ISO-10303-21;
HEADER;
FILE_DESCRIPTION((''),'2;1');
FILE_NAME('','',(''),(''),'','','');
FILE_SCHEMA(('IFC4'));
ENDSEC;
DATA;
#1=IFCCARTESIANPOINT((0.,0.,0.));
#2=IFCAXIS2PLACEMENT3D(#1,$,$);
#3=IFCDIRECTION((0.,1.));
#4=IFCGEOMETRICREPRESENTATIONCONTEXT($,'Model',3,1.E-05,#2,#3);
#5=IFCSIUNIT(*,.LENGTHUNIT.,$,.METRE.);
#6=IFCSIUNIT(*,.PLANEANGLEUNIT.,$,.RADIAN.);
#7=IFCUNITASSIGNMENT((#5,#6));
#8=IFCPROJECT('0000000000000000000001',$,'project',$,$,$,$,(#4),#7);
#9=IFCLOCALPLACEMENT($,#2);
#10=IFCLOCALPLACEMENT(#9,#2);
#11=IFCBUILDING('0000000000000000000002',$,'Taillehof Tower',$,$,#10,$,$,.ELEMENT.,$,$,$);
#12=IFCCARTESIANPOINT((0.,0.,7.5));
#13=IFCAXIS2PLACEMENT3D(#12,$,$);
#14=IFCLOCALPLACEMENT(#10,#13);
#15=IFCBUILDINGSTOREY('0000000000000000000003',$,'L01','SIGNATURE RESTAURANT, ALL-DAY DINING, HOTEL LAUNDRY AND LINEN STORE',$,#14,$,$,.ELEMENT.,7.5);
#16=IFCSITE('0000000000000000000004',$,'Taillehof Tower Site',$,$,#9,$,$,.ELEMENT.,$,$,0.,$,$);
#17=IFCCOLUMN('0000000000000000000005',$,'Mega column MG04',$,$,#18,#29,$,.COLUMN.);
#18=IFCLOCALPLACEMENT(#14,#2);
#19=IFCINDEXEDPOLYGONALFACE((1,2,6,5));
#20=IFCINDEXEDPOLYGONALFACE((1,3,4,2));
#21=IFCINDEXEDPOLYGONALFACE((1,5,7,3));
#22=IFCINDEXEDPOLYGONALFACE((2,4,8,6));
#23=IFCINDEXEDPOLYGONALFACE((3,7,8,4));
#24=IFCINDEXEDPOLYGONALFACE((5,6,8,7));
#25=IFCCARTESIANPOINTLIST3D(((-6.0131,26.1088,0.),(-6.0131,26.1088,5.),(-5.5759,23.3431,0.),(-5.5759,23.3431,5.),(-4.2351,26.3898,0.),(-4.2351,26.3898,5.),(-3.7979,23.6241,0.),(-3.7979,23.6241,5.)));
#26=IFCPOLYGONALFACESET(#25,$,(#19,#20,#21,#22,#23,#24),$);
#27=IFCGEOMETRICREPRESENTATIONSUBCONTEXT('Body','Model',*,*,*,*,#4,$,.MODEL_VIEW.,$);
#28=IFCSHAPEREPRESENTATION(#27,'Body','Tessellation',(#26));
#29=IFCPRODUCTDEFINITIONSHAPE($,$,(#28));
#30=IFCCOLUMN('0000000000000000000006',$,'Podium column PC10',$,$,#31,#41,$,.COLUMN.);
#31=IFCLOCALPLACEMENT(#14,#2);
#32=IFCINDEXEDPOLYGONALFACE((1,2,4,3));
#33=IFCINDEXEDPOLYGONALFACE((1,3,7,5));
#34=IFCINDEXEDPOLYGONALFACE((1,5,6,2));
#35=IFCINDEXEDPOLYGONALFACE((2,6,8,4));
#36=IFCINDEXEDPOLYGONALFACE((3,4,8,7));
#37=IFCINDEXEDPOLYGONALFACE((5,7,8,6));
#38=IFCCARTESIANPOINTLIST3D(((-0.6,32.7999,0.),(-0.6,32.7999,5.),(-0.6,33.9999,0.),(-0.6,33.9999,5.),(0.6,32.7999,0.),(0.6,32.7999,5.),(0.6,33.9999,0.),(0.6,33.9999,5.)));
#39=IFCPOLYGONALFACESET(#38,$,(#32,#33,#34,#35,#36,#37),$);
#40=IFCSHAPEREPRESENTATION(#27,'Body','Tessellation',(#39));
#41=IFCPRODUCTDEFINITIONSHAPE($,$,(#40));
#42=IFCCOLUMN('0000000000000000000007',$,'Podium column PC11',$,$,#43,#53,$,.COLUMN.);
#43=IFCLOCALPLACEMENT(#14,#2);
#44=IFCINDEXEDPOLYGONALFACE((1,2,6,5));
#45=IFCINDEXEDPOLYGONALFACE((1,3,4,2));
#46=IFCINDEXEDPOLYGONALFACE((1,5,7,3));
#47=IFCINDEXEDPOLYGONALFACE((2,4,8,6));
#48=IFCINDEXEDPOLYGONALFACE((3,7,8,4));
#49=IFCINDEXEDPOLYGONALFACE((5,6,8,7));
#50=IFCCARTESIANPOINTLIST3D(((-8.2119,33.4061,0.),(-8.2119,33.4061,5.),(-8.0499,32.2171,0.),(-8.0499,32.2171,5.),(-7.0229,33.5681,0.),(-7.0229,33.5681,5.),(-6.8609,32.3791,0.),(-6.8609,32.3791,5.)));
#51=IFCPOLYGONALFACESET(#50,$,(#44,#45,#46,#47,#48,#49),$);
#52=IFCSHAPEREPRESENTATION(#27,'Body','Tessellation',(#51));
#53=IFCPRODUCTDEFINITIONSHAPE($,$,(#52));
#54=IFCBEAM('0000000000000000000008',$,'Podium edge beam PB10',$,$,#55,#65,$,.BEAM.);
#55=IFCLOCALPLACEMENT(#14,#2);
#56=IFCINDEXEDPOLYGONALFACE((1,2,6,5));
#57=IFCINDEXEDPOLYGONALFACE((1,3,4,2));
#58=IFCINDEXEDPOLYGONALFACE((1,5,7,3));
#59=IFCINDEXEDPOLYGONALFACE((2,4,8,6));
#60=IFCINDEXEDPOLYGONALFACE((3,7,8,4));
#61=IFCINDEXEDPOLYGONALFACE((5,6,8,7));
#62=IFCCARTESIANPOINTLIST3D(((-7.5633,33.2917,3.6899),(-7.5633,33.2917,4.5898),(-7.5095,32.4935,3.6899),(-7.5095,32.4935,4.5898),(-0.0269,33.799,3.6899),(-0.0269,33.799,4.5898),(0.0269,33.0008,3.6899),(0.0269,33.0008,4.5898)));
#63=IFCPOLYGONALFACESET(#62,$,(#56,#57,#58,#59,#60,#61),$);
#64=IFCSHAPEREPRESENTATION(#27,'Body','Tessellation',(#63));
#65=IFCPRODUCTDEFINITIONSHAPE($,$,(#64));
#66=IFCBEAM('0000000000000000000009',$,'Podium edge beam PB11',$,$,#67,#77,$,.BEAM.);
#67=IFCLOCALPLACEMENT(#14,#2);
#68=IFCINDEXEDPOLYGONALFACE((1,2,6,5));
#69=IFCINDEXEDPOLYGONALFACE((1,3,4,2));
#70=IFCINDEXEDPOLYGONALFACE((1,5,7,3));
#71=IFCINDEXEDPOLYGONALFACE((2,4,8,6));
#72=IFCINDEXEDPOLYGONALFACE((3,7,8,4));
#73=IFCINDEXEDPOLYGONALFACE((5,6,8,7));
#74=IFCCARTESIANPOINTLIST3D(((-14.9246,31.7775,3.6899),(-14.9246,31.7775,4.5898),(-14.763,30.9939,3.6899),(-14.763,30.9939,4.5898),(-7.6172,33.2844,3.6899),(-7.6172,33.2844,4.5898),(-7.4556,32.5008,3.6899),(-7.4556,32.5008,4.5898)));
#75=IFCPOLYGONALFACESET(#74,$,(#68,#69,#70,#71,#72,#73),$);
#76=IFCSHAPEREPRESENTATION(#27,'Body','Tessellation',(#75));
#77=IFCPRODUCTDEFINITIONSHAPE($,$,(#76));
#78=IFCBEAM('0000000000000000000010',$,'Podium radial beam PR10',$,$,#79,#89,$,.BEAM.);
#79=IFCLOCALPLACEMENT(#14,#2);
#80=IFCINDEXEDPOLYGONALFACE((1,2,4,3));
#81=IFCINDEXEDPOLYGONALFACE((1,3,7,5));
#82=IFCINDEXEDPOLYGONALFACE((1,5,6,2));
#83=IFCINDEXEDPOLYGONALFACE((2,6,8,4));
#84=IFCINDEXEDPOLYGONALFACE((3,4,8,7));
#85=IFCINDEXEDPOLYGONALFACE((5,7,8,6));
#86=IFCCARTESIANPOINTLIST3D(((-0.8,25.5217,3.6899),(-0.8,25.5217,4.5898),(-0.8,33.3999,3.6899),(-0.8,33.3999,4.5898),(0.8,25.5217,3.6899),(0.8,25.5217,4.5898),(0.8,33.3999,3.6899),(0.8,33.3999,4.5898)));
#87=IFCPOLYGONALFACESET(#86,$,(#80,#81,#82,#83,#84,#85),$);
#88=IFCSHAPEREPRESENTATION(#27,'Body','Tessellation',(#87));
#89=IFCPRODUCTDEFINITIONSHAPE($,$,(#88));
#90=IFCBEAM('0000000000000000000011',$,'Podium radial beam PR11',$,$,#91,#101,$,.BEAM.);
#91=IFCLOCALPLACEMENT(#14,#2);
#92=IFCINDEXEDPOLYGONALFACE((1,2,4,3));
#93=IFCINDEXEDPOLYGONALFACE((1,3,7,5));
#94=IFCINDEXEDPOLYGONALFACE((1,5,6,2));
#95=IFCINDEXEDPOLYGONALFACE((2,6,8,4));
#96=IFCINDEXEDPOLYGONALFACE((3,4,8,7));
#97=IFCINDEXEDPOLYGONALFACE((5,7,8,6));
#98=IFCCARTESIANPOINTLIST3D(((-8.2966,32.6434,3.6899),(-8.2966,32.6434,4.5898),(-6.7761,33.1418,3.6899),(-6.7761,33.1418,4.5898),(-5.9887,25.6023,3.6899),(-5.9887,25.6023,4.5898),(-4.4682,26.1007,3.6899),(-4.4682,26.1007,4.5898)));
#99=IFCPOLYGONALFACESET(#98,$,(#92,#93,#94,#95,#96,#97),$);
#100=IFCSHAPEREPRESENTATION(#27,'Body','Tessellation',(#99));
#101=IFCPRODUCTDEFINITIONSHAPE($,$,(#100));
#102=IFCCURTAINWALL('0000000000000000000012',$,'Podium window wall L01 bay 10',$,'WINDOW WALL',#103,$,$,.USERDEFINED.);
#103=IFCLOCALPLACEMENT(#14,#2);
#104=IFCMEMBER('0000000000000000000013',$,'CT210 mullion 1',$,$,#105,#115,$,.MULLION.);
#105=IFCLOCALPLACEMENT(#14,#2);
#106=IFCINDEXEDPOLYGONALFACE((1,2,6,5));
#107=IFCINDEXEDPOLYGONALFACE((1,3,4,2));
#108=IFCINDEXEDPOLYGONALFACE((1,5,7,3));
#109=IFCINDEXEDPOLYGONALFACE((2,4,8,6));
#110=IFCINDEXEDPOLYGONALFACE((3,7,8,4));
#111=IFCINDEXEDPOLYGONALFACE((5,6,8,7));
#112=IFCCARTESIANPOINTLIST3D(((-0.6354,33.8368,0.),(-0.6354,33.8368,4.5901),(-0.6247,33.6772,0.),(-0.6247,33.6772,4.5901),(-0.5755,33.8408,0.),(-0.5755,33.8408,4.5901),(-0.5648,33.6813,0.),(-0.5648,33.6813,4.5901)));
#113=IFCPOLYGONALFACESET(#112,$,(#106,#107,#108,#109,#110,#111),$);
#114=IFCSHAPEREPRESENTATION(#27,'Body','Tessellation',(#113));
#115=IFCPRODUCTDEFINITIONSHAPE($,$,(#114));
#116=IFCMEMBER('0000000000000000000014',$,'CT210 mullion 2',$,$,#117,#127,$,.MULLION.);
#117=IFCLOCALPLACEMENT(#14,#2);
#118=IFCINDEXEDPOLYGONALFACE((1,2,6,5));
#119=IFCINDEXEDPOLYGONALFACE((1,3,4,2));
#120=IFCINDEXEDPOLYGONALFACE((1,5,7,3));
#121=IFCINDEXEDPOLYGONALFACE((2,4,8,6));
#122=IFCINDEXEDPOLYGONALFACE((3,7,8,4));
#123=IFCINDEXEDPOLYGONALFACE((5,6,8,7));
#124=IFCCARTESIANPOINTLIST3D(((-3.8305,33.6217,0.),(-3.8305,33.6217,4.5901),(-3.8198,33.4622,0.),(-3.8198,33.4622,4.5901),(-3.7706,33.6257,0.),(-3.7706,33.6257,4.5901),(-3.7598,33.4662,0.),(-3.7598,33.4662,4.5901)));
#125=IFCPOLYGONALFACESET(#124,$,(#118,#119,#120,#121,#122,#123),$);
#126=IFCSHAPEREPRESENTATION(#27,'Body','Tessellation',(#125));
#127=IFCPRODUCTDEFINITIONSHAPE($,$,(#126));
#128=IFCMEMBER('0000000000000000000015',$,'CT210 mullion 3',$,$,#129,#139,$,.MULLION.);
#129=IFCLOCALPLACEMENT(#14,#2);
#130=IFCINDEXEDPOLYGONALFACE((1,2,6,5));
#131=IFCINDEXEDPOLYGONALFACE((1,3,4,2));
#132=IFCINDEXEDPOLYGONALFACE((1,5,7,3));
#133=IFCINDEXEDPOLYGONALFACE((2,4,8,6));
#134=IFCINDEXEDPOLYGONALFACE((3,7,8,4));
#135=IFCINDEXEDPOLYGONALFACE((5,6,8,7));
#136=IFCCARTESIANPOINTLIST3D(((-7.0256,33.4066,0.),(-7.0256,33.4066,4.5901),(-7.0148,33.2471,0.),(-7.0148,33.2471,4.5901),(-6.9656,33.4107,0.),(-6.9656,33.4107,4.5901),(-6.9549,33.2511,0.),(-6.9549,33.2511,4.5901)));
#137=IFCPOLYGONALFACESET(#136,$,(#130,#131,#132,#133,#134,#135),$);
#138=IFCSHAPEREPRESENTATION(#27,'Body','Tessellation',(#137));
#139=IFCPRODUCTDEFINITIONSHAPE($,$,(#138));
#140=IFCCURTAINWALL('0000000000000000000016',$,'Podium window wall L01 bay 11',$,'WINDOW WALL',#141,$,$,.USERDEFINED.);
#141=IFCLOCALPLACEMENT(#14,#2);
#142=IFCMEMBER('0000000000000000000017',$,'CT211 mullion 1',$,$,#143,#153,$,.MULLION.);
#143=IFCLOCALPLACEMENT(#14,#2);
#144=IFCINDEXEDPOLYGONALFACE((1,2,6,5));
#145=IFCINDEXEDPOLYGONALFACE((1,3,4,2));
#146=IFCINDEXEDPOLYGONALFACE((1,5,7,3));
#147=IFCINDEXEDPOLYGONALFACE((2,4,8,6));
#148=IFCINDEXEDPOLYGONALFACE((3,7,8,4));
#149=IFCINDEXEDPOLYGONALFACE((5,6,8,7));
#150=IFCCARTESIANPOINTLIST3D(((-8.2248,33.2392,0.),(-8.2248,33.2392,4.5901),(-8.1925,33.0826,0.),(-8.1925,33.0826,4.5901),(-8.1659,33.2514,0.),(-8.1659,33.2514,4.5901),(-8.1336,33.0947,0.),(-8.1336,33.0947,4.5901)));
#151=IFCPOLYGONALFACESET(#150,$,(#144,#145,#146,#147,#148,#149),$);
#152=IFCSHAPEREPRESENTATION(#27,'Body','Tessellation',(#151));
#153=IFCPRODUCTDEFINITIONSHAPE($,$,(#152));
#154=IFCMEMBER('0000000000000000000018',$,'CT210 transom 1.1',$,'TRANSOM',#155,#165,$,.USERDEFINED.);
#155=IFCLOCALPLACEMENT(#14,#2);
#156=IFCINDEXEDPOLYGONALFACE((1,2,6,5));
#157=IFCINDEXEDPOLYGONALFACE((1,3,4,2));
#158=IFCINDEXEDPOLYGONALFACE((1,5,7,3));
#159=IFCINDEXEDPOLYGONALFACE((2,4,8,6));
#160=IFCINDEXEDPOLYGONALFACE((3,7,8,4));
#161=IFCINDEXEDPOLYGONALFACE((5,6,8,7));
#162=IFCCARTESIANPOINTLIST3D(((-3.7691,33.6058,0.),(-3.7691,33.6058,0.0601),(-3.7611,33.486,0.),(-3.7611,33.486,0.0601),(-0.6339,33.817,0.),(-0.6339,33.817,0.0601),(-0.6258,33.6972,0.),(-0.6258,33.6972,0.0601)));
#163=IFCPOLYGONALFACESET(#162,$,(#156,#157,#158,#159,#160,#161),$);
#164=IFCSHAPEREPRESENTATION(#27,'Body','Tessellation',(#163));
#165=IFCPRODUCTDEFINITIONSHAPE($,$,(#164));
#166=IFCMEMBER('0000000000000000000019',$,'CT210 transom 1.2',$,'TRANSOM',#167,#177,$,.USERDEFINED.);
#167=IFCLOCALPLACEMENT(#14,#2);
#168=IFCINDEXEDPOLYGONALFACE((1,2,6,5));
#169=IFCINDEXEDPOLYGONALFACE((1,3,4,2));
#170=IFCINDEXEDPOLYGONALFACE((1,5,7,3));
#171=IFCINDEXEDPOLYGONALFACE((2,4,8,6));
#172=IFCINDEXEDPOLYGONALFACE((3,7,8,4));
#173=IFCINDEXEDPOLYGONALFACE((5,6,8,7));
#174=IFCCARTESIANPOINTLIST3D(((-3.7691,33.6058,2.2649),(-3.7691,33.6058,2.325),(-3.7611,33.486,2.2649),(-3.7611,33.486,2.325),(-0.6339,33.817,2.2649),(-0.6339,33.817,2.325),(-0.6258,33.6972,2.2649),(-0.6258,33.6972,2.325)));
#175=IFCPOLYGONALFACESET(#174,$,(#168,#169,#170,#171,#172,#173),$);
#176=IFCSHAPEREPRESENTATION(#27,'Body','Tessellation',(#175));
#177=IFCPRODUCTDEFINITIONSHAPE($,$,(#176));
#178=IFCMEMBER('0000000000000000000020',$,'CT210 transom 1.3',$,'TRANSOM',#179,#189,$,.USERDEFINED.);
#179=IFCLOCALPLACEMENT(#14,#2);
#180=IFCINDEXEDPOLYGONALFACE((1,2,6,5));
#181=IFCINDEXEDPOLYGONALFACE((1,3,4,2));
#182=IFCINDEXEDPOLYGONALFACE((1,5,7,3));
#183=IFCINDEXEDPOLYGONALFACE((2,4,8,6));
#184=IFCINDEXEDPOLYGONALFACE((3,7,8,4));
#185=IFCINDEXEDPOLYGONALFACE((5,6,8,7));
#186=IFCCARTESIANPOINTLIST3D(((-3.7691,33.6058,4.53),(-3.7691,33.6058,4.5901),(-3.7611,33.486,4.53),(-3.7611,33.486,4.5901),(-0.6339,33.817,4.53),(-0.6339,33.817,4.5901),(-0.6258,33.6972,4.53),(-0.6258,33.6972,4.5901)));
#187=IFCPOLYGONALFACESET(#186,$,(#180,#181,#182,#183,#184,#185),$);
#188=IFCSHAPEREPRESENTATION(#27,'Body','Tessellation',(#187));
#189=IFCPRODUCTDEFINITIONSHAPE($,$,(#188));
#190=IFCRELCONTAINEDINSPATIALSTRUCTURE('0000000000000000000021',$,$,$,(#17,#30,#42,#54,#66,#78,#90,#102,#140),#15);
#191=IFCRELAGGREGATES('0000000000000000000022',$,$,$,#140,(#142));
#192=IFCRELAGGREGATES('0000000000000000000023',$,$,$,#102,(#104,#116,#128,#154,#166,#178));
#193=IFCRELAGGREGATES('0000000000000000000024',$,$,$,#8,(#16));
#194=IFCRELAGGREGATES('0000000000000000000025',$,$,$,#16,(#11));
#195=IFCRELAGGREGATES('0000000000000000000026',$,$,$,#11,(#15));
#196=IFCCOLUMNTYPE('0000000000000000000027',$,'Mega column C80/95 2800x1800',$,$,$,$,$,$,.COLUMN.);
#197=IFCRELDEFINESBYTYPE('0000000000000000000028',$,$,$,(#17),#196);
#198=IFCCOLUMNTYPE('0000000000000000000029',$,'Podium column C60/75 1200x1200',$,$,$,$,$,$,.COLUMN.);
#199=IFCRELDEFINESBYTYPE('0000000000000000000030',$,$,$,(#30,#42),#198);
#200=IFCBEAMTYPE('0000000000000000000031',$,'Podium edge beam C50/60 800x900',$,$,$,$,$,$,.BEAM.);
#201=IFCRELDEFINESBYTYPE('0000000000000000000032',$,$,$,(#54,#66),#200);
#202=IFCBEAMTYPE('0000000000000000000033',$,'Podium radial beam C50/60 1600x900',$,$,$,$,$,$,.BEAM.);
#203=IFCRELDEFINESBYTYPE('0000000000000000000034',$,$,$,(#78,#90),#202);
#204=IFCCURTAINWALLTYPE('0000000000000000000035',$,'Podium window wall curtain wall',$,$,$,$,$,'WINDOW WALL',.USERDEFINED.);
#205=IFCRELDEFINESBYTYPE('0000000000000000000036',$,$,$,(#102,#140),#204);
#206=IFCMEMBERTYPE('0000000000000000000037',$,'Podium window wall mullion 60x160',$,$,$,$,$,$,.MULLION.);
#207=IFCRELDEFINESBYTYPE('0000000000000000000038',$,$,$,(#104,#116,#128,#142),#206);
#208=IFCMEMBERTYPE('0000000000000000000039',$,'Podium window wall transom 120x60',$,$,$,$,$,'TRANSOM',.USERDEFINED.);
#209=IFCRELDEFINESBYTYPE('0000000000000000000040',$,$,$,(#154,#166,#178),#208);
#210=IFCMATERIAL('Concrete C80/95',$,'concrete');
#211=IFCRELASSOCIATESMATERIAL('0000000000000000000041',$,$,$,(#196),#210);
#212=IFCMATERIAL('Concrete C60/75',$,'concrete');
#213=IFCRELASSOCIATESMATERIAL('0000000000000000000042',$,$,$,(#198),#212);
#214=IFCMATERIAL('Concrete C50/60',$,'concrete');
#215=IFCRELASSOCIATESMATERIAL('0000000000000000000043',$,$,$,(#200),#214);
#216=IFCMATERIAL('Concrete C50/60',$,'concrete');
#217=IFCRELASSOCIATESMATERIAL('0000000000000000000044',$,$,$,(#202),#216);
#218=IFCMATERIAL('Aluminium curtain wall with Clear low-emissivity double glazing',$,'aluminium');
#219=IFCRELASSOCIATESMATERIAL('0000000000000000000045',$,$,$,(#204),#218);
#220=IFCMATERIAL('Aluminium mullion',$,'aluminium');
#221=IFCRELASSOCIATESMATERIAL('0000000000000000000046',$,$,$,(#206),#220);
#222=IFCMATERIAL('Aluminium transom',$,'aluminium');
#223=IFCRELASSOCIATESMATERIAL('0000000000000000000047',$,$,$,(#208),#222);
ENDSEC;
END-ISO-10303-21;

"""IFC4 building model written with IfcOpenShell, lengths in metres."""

from ifc_helpers import new_model, si_unit, direction, frame, origin, origin_2d, place, context, subcontext, project, spatial, rectangle, extrude, material, material_profile, profile_set, type_object, element, aggregate, save


model = new_model("IFC4")

# Units and contexts
model_context = context("Model", 3, precision=1e-05, world=origin(), true_north=direction((0.0, 1.0)))
body_context = subcontext(model_context, "Body", "Model", "MODEL_VIEW")
ifc_project = project(units=[si_unit("LENGTHUNIT", "METRE"), si_unit("PLANEANGLEUNIT", "RADIAN")], contexts=[model_context])

# Site, building, storey
site_placement = place(None, origin())
site = spatial("IfcSite", under=ifc_project, at=site_placement, Name="Taillehof Tower Site", CompositionType="ELEMENT", RefElevation=0.0)
building_placement = place(site_placement, origin())
building = spatial("IfcBuilding", under=site, at=building_placement, Name="Taillehof Tower", CompositionType="ELEMENT")
storey_placement = place(building_placement, frame((0.0, 0.0, 7.5)))
storey = spatial("IfcBuildingStorey", under=building, at=storey_placement, Name="L01", Description="SIGNATURE RESTAURANT, ALL-DAY DINING, HOTEL LAUNDRY AND LINEN STORE", CompositionType="ELEMENT", Elevation=7.5)

# Columns
ifc_material_1 = material(Name="Concrete C80/95", Category="concrete")
ifc_material_profile_1 = material_profile(ifc_material_1, rectangle(XDim=2.8, YDim=1.8, at=origin_2d()), Name="RC 2800x1800")
ifc_profile_set_1 = profile_set([ifc_material_profile_1], Name="Concrete C80/95")
column_type_1 = type_object("IfcColumnType", Name="Mega column C80/95 2800x1800", PredefinedType="COLUMN", material=ifc_profile_set_1)
column_placement = place(storey_placement, frame((-4.9055, 24.8665, 0.0), z_axis=(0.0, 0.0, 1.0), x_axis=(-0.156147, 0.987734, 0.0)))
element("IfcColumn", 1, at=column_placement, inside=storey, type_object=column_type_1, Name="Mega column MG04", PredefinedType="COLUMN", context=body_context, shape_type="SweptSolid", body=[
    extrude(rectangle(XDim=2.8, YDim=1.8, at=origin_2d()), origin(), (0.0, 0.0, 1.0), 5.0),
])
ifc_material_2 = material(Name="Concrete C60/75", Category="concrete")
ifc_material_profile_2 = material_profile(ifc_material_2, rectangle(XDim=1.2, YDim=1.2, at=origin_2d()), Name="RC 1200x1200")
ifc_profile_set_2 = profile_set([ifc_material_profile_2], Name="Concrete C60/75")
column_type_2 = type_object("IfcColumnType", Name="Podium column C60/75 1200x1200", PredefinedType="COLUMN", material=ifc_profile_set_2)
for number, where, z_axis, x_axis, name in (
    (2, (0.0, 33.3999, 0.0), (0.0, 0.0, 1.0), (0.0, 1.0, 0.0), "Podium column PC10"),
    (3, (-7.5364, 32.8926, 0.0), (0.0, 0.0, 1.0), (-0.135005, 0.990845, 0.0), "Podium column PC11"),
):
    element("IfcColumn", number, at=place(storey_placement, frame(where, z_axis=z_axis, x_axis=x_axis)), inside=storey, type_object=column_type_2, Name=name, PredefinedType="COLUMN", context=body_context, shape_type="SweptSolid", body=[
        extrude(rectangle(XDim=1.2, YDim=1.2, at=origin_2d()), origin(), (0.0, 0.0, 1.0), 5.0),
    ])

# Beams
ifc_material_3 = material(Name="Concrete C50/60", Category="concrete")
ifc_material_profile_3 = material_profile(ifc_material_3, rectangle(XDim=0.8, YDim=0.8999, at=origin_2d()), Name="RC 800x900")
ifc_profile_set_3 = profile_set([ifc_material_profile_3], Name="Concrete C50/60")
beam_type_1 = type_object("IfcBeamType", Name="Podium edge beam C50/60 800x900", PredefinedType="BEAM", material=ifc_profile_set_3)
beam_1_placement = place(storey_placement, frame((0.0, 33.3999, 4.1399), z_axis=(-0.997742, -0.067165, 0.0), x_axis=(0.067165, -0.997742, 0.0)))
element("IfcBeam", 4, at=beam_1_placement, inside=storey, type_object=beam_type_1, Name="Podium edge beam PB10", PredefinedType="BEAM", context=body_context, shape_type="SweptSolid", body=[
    extrude(rectangle(XDim=0.8, YDim=0.8999, at=origin_2d()), origin(), (0.0, 0.0, 1.0), 7.5535),
])
beam_2_placement = place(storey_placement, frame((-7.5364, 32.8926, 4.1399), z_axis=(-0.979394, -0.201959, 0.0), x_axis=(0.201959, -0.979394, 0.0)))
element("IfcBeam", 5, at=beam_2_placement, inside=storey, type_object=beam_type_1, Name="Podium edge beam PB11", PredefinedType="BEAM", context=body_context, shape_type="SweptSolid", body=[
    extrude(rectangle(XDim=0.8, YDim=0.8999, at=origin_2d()), origin(), (0.0, 0.0, 1.0), 7.4612),
])
ifc_material_4 = material(Name="Concrete C50/60", Category="concrete")
ifc_material_profile_4 = material_profile(ifc_material_4, rectangle(XDim=1.6001, YDim=0.8999, at=origin_2d()), Name="RC 1600x900")
ifc_profile_set_4 = profile_set([ifc_material_profile_4], Name="Concrete C50/60")
beam_type_2 = type_object("IfcBeamType", Name="Podium radial beam C50/60 1600x900", PredefinedType="BEAM", material=ifc_profile_set_4)
beam_3_placement = place(storey_placement, frame((0.0, 33.3999, 4.1399), z_axis=(0.0, -1.0, 0.0), x_axis=(1.0, 0.0, 0.0)))
element("IfcBeam", 6, at=beam_3_placement, inside=storey, type_object=beam_type_2, Name="Podium radial beam PR10", PredefinedType="BEAM", context=body_context, shape_type="SweptSolid", body=[
    extrude(rectangle(XDim=1.6001, YDim=0.8999, at=origin_2d()), origin(), (0.0, 0.0, 1.0), 7.8782),
])
beam_4_placement = place(storey_placement, frame((-7.5364, 32.8926, 4.1399), z_axis=(0.311469, -0.950256, 0.0), x_axis=(0.950256, 0.311469, 0.0)))
element("IfcBeam", 7, at=beam_4_placement, inside=storey, type_object=beam_type_2, Name="Podium radial beam PR11", PredefinedType="BEAM", context=body_context, shape_type="SweptSolid", body=[
    extrude(rectangle(XDim=1.6001, YDim=0.8999, at=origin_2d()), origin(), (0.0, 0.0, 1.0), 7.4097),
])

# Curtain wall, members
ifc_material_5 = material(Name="Aluminium curtain wall with Clear low-emissivity double glazing", Category="aluminium")
curtain_wall_type = type_object("IfcCurtainWallType", Name="Podium window wall curtain wall", ElementType="WINDOW WALL", PredefinedType="USERDEFINED", material=ifc_material_5)
curtain_wall_1_placement = place(storey_placement, origin())
curtain_wall_1 = element("IfcCurtainWall", 8, at=curtain_wall_1_placement, inside=storey, type_object=curtain_wall_type, Name="Podium window wall L01 bay 10", ObjectType="WINDOW WALL", PredefinedType="USERDEFINED")
ifc_material_6 = material(Name="Aluminium mullion", Category="aluminium")
ifc_material_profile_5 = material_profile(ifc_material_6, rectangle(XDim=0.1599, YDim=0.0601, at=origin_2d()), Name="AL 60x160")
ifc_profile_set_5 = profile_set([ifc_material_profile_5], Name="Aluminium mullion")
member_type_1 = type_object("IfcMemberType", Name="Podium window wall mullion 60x160", PredefinedType="MULLION", material=ifc_profile_set_5)
member_1_placement = place(storey_placement, frame((-0.6001, 33.759, 0.0), z_axis=(0.0, 0.0, 1.0), x_axis=(0.067183, -0.997741, 0.0)))
member_1 = element("IfcMember", 9, at=member_1_placement, type_object=member_type_1, Name="CT210 mullion 1", PredefinedType="MULLION", context=body_context, shape_type="SweptSolid", body=[
    extrude(rectangle(XDim=0.1599, YDim=0.0601, at=origin_2d()), origin(), (0.0, 0.0, 1.0), 4.5901),
])
member_2_placement = place(storey_placement, frame((-3.7952, 33.5439, 0.0), z_axis=(0.0, 0.0, 1.0), x_axis=(0.067183, -0.997741, 0.0)))
member_2 = element("IfcMember", 10, at=member_2_placement, type_object=member_type_1, Name="CT210 mullion 2", PredefinedType="MULLION", context=body_context, shape_type="SweptSolid", body=[
    extrude(rectangle(XDim=0.1599, YDim=0.0601, at=origin_2d()), origin(), (0.0, 0.0, 1.0), 4.5901),
])
member_3_placement = place(storey_placement, frame((-6.9902, 33.3289, 0.0), z_axis=(0.0, 0.0, 1.0), x_axis=(0.067183, -0.997741, 0.0)))
member_3 = element("IfcMember", 11, at=member_3_placement, type_object=member_type_1, Name="CT210 mullion 3", PredefinedType="MULLION", context=body_context, shape_type="SweptSolid", body=[
    extrude(rectangle(XDim=0.1599, YDim=0.0601, at=origin_2d()), origin(), (0.0, 0.0, 1.0), 4.5901),
])

# Curtain wall, member
curtain_wall_2_placement = place(storey_placement, origin())
curtain_wall_2 = element("IfcCurtainWall", 12, at=curtain_wall_2_placement, inside=storey, type_object=curtain_wall_type, Name="Podium window wall L01 bay 11", ObjectType="WINDOW WALL", PredefinedType="USERDEFINED")
member_4_placement = place(storey_placement, frame((-8.1792, 33.167, 0.0), z_axis=(0.0, 0.0, 1.0), x_axis=(0.201976, -0.97939, 0.0)))
member_4 = element("IfcMember", 13, at=member_4_placement, type_object=member_type_1, Name="CT211 mullion 1", PredefinedType="MULLION", context=body_context, shape_type="SweptSolid", body=[
    extrude(rectangle(XDim=0.1599, YDim=0.0601, at=origin_2d()), origin(), (0.0, 0.0, 1.0), 4.5901),
])

# Members
ifc_material_7 = material(Name="Aluminium transom", Category="aluminium")
ifc_material_profile_6 = material_profile(ifc_material_7, rectangle(XDim=0.1201, YDim=0.0601, at=origin_2d()), Name="AL 120x60")
ifc_profile_set_6 = profile_set([ifc_material_profile_6], Name="Aluminium transom")
member_type_2 = type_object("IfcMemberType", Name="Podium window wall transom 120x60", ElementType="TRANSOM", PredefinedType="USERDEFINED", material=ifc_profile_set_6)
member_5_placement = place(storey_placement, frame((-0.6299, 33.7571, 0.03), z_axis=(-0.997739, -0.067205, 0.0), x_axis=(0.067205, -0.997739, 0.0)))
member_5 = element("IfcMember", 14, at=member_5_placement, type_object=member_type_2, Name="CT210 transom 1.1", ObjectType="TRANSOM", PredefinedType="USERDEFINED", context=body_context, shape_type="SweptSolid", body=[
    extrude(rectangle(XDim=0.1201, YDim=0.0601, at=origin_2d()), origin(), (0.0, 0.0, 1.0), 3.1423),
])
member_6_placement = place(storey_placement, frame((-0.6299, 33.7571, 2.2949), z_axis=(-0.997739, -0.067205, 0.0), x_axis=(0.067205, -0.997739, 0.0)))
member_6 = element("IfcMember", 15, at=member_6_placement, type_object=member_type_2, Name="CT210 transom 1.2", ObjectType="TRANSOM", PredefinedType="USERDEFINED", context=body_context, shape_type="SweptSolid", body=[
    extrude(rectangle(XDim=0.1201, YDim=0.0601, at=origin_2d()), origin(), (0.0, 0.0, 1.0), 3.1423),
])
member_7_placement = place(storey_placement, frame((-0.6299, 33.7571, 4.5601), z_axis=(-0.997739, -0.067205, 0.0), x_axis=(0.067205, -0.997739, 0.0)))
member_7 = element("IfcMember", 16, at=member_7_placement, type_object=member_type_2, Name="CT210 transom 1.3", ObjectType="TRANSOM", PredefinedType="USERDEFINED", context=body_context, shape_type="SweptSolid", body=[
    extrude(rectangle(XDim=0.1201, YDim=0.0601, at=origin_2d()), origin(), (0.0, 0.0, 1.0), 3.1423),
])
aggregate(curtain_wall_2, [member_4])

aggregate(curtain_wall_1, [member_1, member_2, member_3, member_5, member_6, member_7])

save(model, "model.ifc")
